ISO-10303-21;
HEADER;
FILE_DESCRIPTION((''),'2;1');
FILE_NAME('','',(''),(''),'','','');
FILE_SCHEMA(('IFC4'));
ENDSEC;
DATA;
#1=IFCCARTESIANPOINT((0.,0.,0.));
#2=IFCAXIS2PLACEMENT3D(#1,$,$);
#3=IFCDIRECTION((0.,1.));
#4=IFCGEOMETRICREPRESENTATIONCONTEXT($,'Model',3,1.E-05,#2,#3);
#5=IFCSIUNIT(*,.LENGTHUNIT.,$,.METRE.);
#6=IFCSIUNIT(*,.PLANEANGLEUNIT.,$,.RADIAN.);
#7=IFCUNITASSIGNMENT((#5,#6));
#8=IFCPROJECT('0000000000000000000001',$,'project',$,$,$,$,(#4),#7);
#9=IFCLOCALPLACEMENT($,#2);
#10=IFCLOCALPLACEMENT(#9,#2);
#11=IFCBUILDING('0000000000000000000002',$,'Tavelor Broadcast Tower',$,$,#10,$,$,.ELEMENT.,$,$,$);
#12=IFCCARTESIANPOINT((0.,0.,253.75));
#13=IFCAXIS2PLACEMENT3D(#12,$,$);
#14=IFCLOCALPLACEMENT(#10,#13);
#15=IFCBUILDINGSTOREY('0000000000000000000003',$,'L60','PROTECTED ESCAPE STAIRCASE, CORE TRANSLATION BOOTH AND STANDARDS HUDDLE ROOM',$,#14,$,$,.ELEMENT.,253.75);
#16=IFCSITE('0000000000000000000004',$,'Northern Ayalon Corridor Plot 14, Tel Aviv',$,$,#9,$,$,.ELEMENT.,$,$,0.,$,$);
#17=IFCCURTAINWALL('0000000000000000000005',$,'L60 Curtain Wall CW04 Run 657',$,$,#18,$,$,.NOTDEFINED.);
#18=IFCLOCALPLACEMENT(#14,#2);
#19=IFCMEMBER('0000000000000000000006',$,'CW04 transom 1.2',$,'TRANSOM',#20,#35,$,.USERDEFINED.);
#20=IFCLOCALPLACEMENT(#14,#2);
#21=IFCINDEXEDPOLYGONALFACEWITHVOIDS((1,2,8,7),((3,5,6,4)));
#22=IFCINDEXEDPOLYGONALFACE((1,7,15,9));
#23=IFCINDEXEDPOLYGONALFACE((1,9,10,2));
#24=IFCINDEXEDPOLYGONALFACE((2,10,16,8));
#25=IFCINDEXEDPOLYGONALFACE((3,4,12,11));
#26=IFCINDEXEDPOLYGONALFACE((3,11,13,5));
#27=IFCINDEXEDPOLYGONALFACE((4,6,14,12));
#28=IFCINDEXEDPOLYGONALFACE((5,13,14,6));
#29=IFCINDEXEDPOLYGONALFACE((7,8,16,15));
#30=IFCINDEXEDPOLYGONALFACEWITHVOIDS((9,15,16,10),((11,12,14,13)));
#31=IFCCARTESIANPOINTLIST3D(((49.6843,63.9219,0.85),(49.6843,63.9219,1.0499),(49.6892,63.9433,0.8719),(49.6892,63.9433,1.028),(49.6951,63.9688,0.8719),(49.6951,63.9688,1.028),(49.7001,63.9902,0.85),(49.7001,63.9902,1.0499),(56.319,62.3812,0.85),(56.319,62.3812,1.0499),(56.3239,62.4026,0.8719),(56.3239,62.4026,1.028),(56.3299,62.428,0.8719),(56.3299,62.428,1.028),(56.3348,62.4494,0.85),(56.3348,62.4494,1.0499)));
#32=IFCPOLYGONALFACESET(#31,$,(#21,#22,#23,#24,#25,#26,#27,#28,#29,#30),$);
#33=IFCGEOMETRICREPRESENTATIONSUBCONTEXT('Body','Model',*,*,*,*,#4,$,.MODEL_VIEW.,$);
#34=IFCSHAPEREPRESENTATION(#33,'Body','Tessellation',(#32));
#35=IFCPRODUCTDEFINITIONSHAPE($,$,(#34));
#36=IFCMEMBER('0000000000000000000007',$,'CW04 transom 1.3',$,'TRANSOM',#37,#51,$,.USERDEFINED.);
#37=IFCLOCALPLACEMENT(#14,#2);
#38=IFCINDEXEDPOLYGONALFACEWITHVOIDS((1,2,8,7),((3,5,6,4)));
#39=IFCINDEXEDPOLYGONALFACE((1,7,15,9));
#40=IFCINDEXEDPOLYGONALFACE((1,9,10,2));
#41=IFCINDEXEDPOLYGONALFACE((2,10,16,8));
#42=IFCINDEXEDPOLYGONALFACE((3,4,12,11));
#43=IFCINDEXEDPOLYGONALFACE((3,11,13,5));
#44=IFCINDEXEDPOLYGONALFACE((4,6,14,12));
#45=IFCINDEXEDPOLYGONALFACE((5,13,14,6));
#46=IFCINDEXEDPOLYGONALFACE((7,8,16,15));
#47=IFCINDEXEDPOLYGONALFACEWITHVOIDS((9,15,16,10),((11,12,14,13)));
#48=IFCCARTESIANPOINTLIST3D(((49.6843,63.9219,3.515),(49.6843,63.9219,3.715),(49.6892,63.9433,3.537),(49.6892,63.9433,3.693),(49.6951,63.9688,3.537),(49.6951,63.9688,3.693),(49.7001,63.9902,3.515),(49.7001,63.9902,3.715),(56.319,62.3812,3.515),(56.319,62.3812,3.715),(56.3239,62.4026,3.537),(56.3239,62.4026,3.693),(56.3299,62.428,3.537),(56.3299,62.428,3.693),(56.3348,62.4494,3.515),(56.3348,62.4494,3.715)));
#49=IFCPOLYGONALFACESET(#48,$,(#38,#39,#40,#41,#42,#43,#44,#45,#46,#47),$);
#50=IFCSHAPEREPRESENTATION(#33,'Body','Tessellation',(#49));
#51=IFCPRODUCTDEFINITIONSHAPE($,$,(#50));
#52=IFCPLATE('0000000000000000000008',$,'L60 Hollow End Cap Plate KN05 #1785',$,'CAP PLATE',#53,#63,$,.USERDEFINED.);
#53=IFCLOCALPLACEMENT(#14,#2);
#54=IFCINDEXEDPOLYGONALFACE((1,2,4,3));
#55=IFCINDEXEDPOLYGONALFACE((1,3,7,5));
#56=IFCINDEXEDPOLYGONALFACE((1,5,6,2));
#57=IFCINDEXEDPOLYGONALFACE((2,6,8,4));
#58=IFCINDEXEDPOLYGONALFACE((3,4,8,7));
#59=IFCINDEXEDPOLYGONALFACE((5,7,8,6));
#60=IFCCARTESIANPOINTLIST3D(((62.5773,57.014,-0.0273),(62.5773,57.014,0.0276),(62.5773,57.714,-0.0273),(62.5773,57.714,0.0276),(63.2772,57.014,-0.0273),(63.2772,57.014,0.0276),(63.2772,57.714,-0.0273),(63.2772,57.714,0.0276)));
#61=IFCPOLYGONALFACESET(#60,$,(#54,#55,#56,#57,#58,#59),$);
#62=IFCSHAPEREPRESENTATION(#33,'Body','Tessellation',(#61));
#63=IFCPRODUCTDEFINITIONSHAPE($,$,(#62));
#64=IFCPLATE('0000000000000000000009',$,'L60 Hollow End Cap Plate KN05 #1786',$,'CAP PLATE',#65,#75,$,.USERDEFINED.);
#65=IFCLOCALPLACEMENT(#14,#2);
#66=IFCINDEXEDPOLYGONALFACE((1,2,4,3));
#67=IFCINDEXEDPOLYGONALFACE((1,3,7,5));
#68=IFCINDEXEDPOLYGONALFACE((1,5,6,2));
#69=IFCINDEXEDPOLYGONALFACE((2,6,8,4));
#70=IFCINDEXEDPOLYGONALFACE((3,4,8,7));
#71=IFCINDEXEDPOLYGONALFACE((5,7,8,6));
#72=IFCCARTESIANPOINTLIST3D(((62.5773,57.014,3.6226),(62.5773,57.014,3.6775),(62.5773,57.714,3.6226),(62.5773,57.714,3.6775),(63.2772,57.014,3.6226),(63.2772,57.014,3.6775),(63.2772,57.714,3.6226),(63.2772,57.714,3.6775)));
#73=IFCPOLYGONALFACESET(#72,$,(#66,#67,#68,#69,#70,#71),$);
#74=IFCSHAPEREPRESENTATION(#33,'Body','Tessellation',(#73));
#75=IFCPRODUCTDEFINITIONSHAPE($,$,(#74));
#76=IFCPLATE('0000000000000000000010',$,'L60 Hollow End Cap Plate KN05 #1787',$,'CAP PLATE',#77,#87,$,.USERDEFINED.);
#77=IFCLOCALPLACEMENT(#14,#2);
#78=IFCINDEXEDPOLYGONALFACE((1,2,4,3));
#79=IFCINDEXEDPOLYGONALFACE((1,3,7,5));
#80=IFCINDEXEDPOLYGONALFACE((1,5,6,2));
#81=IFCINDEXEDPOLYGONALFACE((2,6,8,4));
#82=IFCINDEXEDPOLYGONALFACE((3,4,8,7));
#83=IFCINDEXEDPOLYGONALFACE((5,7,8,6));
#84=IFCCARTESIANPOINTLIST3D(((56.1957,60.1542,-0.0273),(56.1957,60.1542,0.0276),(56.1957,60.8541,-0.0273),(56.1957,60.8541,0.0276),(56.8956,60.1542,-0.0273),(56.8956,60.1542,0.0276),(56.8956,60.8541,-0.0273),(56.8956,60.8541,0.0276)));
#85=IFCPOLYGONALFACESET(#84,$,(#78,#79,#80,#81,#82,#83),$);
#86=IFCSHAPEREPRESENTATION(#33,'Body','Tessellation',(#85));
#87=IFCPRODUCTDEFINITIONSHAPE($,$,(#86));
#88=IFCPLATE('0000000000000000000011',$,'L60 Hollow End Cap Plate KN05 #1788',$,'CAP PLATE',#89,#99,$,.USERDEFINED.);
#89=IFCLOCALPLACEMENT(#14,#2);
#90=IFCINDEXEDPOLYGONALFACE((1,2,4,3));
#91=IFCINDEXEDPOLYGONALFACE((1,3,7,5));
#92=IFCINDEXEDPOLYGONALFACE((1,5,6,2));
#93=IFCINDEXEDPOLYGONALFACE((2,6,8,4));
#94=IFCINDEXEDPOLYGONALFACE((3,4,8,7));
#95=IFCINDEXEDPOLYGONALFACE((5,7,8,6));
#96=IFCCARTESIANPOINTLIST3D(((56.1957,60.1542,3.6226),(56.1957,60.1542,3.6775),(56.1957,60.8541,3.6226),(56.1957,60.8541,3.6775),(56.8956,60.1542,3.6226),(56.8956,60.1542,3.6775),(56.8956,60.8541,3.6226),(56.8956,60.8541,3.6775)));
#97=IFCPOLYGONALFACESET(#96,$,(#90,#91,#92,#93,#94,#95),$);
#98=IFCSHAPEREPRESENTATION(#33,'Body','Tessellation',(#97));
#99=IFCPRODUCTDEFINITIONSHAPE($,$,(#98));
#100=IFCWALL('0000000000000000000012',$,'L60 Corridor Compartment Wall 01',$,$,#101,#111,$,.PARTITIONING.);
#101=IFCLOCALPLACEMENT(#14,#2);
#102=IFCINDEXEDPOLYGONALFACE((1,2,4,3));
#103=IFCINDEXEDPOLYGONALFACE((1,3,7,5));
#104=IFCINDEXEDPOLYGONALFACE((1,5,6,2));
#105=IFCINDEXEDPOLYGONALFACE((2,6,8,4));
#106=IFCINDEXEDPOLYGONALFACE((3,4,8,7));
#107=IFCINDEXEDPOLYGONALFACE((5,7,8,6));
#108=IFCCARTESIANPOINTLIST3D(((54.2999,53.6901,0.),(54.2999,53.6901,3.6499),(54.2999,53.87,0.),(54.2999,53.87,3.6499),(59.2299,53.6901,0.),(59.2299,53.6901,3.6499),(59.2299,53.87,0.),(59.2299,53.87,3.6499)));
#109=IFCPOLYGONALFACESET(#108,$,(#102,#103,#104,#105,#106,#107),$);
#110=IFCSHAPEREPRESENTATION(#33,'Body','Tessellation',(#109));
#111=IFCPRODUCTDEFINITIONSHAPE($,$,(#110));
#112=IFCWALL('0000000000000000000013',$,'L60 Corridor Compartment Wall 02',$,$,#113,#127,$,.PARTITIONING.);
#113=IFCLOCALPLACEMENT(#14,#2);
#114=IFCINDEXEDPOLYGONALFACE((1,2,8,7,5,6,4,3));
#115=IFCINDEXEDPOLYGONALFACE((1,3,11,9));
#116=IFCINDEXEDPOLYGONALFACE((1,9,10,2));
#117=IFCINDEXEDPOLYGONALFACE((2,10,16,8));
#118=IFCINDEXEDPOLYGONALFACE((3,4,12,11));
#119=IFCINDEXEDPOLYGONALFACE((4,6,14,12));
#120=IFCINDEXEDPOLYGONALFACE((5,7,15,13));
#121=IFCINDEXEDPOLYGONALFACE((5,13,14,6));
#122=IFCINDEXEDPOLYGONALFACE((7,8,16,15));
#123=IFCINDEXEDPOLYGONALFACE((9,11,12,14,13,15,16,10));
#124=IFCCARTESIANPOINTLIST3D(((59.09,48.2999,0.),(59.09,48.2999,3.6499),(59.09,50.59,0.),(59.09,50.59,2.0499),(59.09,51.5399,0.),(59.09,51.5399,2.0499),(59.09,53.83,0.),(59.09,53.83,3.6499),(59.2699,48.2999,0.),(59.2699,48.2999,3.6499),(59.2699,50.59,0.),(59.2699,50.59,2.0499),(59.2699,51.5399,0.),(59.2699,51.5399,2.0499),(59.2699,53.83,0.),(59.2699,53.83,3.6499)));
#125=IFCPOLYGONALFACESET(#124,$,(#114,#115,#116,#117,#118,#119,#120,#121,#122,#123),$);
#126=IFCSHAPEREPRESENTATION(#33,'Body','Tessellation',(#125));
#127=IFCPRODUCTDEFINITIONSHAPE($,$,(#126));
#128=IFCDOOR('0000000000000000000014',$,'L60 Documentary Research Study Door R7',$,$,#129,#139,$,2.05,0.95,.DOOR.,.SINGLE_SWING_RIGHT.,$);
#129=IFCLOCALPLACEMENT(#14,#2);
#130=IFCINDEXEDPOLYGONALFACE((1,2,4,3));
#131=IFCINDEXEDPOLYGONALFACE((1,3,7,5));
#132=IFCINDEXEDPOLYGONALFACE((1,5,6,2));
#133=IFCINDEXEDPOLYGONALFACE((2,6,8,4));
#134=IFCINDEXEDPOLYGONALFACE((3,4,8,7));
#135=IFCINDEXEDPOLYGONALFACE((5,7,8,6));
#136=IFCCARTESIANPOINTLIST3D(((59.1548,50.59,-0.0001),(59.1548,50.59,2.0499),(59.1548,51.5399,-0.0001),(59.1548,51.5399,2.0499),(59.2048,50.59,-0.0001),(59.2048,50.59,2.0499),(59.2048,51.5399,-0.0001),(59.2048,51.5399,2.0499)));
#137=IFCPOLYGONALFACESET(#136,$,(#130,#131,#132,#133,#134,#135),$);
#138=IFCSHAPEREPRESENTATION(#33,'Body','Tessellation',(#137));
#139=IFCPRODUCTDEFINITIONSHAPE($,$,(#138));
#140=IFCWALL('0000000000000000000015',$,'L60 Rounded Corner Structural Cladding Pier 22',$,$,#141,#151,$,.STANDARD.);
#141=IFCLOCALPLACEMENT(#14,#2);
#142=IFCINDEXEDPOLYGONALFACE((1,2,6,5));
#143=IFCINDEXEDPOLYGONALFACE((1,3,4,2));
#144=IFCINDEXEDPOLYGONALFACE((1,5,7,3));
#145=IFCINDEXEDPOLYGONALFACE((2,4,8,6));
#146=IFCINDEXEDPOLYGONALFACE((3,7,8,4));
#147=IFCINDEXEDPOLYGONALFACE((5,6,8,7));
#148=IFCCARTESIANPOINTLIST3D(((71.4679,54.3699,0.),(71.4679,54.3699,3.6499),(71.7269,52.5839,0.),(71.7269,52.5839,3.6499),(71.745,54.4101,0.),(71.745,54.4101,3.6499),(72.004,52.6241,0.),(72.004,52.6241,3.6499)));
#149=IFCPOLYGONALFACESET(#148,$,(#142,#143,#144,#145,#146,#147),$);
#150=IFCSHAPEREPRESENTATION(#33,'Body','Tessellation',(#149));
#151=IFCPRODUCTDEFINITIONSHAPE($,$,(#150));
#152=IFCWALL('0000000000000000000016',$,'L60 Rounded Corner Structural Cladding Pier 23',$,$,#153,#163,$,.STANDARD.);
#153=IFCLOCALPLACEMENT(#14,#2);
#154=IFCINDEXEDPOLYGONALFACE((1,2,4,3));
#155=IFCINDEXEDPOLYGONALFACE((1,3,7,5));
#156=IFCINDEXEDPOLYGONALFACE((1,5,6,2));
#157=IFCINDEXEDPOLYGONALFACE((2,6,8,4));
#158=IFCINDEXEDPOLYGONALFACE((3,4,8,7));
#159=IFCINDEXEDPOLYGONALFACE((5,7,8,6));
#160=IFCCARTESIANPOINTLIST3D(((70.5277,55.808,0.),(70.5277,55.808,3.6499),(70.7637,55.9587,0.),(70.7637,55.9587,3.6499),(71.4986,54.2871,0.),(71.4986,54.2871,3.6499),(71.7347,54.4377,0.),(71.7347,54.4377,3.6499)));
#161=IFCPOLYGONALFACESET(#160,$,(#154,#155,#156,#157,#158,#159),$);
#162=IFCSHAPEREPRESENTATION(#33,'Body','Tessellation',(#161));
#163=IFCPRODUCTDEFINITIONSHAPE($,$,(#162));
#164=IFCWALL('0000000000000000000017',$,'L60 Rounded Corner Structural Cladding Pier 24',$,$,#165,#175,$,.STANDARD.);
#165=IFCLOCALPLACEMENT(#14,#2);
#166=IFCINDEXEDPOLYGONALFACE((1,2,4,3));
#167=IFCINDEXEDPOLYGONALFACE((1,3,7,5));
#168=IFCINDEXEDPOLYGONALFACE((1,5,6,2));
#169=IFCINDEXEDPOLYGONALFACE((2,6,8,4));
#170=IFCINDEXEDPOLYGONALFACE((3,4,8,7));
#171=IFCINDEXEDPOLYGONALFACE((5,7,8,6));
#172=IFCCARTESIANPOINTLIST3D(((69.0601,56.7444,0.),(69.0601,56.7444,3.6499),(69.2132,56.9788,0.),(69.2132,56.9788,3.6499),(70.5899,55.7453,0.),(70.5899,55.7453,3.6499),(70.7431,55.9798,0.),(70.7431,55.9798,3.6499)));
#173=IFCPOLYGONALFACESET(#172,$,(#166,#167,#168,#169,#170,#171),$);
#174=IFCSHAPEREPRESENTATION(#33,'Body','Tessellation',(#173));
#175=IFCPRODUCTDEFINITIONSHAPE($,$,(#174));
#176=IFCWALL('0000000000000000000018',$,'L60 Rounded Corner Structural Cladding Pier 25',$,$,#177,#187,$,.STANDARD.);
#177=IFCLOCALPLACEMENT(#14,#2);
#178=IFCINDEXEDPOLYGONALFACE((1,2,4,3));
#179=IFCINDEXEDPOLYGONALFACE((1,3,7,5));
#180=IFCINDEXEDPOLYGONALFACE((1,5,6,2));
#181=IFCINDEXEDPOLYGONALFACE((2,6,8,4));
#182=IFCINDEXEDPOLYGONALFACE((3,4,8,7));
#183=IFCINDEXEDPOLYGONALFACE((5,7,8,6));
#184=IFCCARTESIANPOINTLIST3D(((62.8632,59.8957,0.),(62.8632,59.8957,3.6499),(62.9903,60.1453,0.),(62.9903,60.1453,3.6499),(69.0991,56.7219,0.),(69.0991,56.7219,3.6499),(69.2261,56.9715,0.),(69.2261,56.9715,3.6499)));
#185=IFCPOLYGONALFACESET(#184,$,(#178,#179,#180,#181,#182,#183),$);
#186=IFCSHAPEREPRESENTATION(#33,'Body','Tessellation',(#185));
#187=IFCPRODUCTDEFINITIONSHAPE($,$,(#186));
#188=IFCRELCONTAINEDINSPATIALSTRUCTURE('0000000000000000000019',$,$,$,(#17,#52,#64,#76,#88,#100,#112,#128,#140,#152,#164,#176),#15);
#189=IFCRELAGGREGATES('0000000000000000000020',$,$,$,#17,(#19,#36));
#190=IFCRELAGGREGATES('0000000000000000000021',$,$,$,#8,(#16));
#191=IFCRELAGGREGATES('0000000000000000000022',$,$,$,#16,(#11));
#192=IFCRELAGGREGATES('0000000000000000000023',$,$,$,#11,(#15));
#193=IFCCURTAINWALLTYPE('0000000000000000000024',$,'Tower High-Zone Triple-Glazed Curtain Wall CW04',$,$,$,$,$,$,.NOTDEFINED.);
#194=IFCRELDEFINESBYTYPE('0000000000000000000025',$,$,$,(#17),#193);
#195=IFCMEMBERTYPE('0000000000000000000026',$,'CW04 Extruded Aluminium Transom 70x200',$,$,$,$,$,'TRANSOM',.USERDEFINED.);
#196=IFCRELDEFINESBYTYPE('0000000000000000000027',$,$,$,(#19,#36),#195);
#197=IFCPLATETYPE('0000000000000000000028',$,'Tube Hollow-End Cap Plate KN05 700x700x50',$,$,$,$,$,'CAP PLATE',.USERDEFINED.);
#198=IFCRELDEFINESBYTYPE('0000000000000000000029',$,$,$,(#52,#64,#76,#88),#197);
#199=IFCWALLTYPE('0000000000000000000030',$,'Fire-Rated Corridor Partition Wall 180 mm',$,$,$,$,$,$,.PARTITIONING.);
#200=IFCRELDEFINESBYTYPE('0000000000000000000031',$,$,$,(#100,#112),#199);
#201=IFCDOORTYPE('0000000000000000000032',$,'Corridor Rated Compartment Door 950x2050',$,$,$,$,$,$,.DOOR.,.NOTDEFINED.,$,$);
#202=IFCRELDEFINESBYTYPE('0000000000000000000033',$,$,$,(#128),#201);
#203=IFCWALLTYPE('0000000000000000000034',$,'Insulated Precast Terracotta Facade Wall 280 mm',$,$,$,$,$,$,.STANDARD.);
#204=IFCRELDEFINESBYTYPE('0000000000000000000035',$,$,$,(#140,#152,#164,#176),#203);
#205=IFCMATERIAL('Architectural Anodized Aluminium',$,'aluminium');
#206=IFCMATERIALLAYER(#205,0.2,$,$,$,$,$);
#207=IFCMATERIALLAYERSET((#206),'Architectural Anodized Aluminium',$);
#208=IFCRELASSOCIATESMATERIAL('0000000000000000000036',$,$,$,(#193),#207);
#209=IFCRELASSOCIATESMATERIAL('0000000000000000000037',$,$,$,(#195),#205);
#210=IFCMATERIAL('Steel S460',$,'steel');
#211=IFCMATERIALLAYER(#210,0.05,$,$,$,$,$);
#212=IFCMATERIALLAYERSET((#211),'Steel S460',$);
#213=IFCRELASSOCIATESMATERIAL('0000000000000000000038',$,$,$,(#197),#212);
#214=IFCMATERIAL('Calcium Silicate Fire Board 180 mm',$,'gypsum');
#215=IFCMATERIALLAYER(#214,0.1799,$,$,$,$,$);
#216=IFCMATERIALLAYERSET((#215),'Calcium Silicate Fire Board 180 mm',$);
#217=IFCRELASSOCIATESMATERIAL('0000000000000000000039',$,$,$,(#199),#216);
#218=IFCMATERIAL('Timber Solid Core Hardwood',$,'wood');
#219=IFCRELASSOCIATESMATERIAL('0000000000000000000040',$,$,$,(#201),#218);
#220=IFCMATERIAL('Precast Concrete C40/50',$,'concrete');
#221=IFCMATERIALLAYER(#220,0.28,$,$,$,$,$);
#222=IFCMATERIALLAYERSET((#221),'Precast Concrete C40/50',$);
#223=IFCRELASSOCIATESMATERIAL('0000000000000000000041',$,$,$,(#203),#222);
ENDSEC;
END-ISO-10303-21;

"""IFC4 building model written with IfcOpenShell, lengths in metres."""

from ifc_helpers import new_model, si_unit, direction, frame, frame_2d, origin, origin_2d, place, context, subcontext, project, spatial, rectangle, hollow_rectangle, extrude, source, transform, mapped, material, layer, layer_set, material_profile, profile_set, type_object, type_shapes, element, fill, aggregate, save


model = new_model("IFC4")

# Units and contexts
model_context = context("Model", 3, precision=1e-05, world=origin(), true_north=direction((0.0, 1.0)))
body_context = subcontext(model_context, "Body", "Model", "MODEL_VIEW")
ifc_project = project(units=[si_unit("LENGTHUNIT", "METRE"), si_unit("PLANEANGLEUNIT", "RADIAN")], contexts=[model_context])

# Site, building, storey
site_placement = place(None, origin())
site = spatial("IfcSite", under=ifc_project, at=site_placement, Name="Northern Ayalon Corridor Plot 14, Tel Aviv", CompositionType="ELEMENT", RefElevation=0.0)
building_placement = place(site_placement, origin())
building = spatial("IfcBuilding", under=site, at=building_placement, Name="Tavelor Broadcast Tower", CompositionType="ELEMENT")
storey_placement = place(building_placement, frame((0.0, 0.0, 253.75)))
storey = spatial("IfcBuildingStorey", under=building, at=storey_placement, Name="L60", Description="PROTECTED ESCAPE STAIRCASE, CORE TRANSLATION BOOTH AND STANDARDS HUDDLE ROOM", CompositionType="ELEMENT", Elevation=253.75)

# Shared definitions
ifc_material_1 = material(Name="Steel S460", Category="steel")

# Curtain wall, members
ifc_material_2 = material(Name="Architectural Anodized Aluminium", Category="aluminium")
ifc_layer_1 = layer(ifc_material_2, 0.2)
ifc_layer_set_1 = layer_set([ifc_layer_1], Name="Architectural Anodized Aluminium")
curtain_wall_type = type_object("IfcCurtainWallType", Name="Tower High-Zone Triple-Glazed Curtain Wall CW04", PredefinedType="NOTDEFINED", material=ifc_layer_set_1)
curtain_wall_placement = place(storey_placement, origin())
curtain_wall = element("IfcCurtainWall", 1, at=curtain_wall_placement, inside=storey, type_object=curtain_wall_type, Name="L60 Curtain Wall CW04 Run 657", PredefinedType="NOTDEFINED")
ifc_material_profile_1 = material_profile(ifc_material_2, hollow_rectangle(XDim=0.0701, YDim=0.2, WallThickness=0.022, at=origin_2d()), Name="RHS 70x200x22")
ifc_profile_set_1 = profile_set([ifc_material_profile_1], Name="Architectural Anodized Aluminium")
member_type_1 = type_object("IfcMemberType", Name="CW04 Extruded Aluminium Transom 70x200", ElementType="TRANSOM", PredefinedType="USERDEFINED", material=ifc_profile_set_1)
shared_shape_1 = source(origin(), body_context, "Body", "SweptSolid", [
    extrude(hollow_rectangle(XDim=0.0701, YDim=0.2, WallThickness=0.022, at=origin_2d()), origin(), (0.0, 0.0, 1.0), 6.8113),
])
type_shapes(member_type_1, [shared_shape_1])
member_1_placement = place(storey_placement, frame((56.3269, 62.4153, 0.95), z_axis=(-0.974079, 0.226207, 0.0), x_axis=(-0.226207, -0.974079, 0.0)))
member_1 = element("IfcMember", 2, at=member_1_placement, type_object=member_type_1, Name="CW04 transom 1.2", ObjectType="TRANSOM", PredefinedType="USERDEFINED", context=body_context, shape_type="MappedRepresentation", body=[
    mapped(shared_shape_1, transform((0.0, 0.0, 0.0), scale=1.0)),
])
member_2_placement = place(storey_placement, frame((56.3269, 62.4153, 3.615), z_axis=(-0.974079, 0.226207, 0.0), x_axis=(-0.226207, -0.974079, 0.0)))
member_2 = element("IfcMember", 3, at=member_2_placement, type_object=member_type_1, Name="CW04 transom 1.3", ObjectType="TRANSOM", PredefinedType="USERDEFINED", context=body_context, shape_type="MappedRepresentation", body=[
    mapped(shared_shape_1, transform((0.0, 0.0, 0.0), scale=1.0)),
])
aggregate(curtain_wall, [member_1, member_2])

# Plates
ifc_layer_2 = layer(ifc_material_1, 0.05)
ifc_layer_set_2 = layer_set([ifc_layer_2], Name="Steel S460")
plate_type = type_object("IfcPlateType", Name="Tube Hollow-End Cap Plate KN05 700x700x50", ElementType="CAP PLATE", PredefinedType="USERDEFINED", material=ifc_layer_set_2)
shared_shape_2 = source(origin(), body_context, "Body", "SweptSolid", [
    extrude(rectangle(XDim=0.7, YDim=0.7, at=origin_2d()), origin(), (0.0, 0.0, 1.0), 0.0549),
])
type_shapes(plate_type, [shared_shape_2])
for number, where, z_axis, x_axis, name in (
    (4, (62.9272, 57.364, -0.0273), (0.0, 0.0, 1.0), (1.0, 0.0, 0.0), "L60 Hollow End Cap Plate KN05 #1785"),
    (5, (62.9272, 57.364, 3.6226), (0.0, 0.0, 1.0), (1.0, 0.0, 0.0), "L60 Hollow End Cap Plate KN05 #1786"),
    (6, (56.5457, 60.5042, -0.0273), (0.0, 0.0, 1.0), (1.0, 0.0, 0.0), "L60 Hollow End Cap Plate KN05 #1787"),
    (7, (56.5457, 60.5042, 3.6226), (0.0, 0.0, 1.0), (1.0, 0.0, 0.0), "L60 Hollow End Cap Plate KN05 #1788"),
):
    element("IfcPlate", number, at=place(storey_placement, frame(where, z_axis=z_axis, x_axis=x_axis)), inside=storey, type_object=plate_type, Name=name, ObjectType="CAP PLATE", PredefinedType="USERDEFINED", context=body_context, shape_type="MappedRepresentation", body=[
        mapped(shared_shape_2, transform((0.0, 0.0, 0.0), scale=1.0)),
    ])

# Wall
ifc_material_3 = material(Name="Calcium Silicate Fire Board 180 mm", Category="gypsum")
ifc_layer_3 = layer(ifc_material_3, 0.1799)
ifc_layer_set_3 = layer_set([ifc_layer_3], Name="Calcium Silicate Fire Board 180 mm")
wall_type_1 = type_object("IfcWallType", Name="Fire-Rated Corridor Partition Wall 180 mm", PredefinedType="PARTITIONING", material=ifc_layer_set_3)
wall_1_placement = place(storey_placement, frame((54.3, 53.78, 0.0), z_axis=(0.0, 0.0, 1.0), x_axis=(1.0, 0.0, 0.0)))
element("IfcWall", 8, at=wall_1_placement, inside=storey, type_object=wall_type_1, Name="L60 Corridor Compartment Wall 01", PredefinedType="PARTITIONING", context=body_context, shape_type="SweptSolid", body=[
    extrude(rectangle(XDim=4.9299, YDim=0.1799, at=frame_2d((2.4648, 0.0))), origin(), (0.0, 0.0, 1.0), 3.6499),
])

# Wall, opening, door
wall_2_placement = place(storey_placement, frame((59.1799, 53.8301, 0.0), z_axis=(0.0, 0.0, 1.0), x_axis=(0.0, -1.0, 0.0)))
wall_2 = element("IfcWall", 9, at=wall_2_placement, inside=storey, type_object=wall_type_1, Name="L60 Corridor Compartment Wall 02", PredefinedType="PARTITIONING", context=body_context, shape_type="SweptSolid", body=[
    extrude(rectangle(XDim=5.53, YDim=0.1799, at=frame_2d((2.7651, 0.0))), origin(), (0.0, 0.0, 1.0), 3.6499),
])
opening_placement = place(wall_2_placement, frame((2.29, 0.0, 0.0)))
opening = element("IfcOpeningElement", 10, at=opening_placement, cuts=wall_2, PredefinedType="OPENING", context=body_context, shape_type="SweptSolid", body=[
    extrude(rectangle(XDim=0.95, YDim=2.05, at=frame_2d((0.4751, 1.0249))), frame((0.0, 0.1001, 0.0), z_axis=(0.0, -1.0, 0.0), x_axis=(1.0, 0.0, 0.0)), (0.0, 0.0, 1.0), 0.2),
])
ifc_material_4 = material(Name="Timber Solid Core Hardwood", Category="wood")
door_type = type_object("IfcDoorType", Name="Corridor Rated Compartment Door 950x2050", OperationType="NOTDEFINED", PredefinedType="DOOR", material=ifc_material_4)
door_placement = place(opening_placement, origin())
door = element("IfcDoor", 11, at=door_placement, inside=storey, type_object=door_type, Name="L60 Documentary Research Study Door R7", OperationType="SINGLE_SWING_RIGHT", OverallHeight=2.05, OverallWidth=0.95, PredefinedType="DOOR", context=body_context, shape_type="SweptSolid", body=[
    extrude(rectangle(XDim=0.95, YDim=2.05, at=frame_2d((0.4751, 1.0249))), frame((0.0, 0.0249, 0.0), z_axis=(0.0, -1.0, 0.0), x_axis=(1.0, 0.0, 0.0)), (0.0, 0.0, 1.0), 0.05),
])
fill(opening, door)

# Walls
ifc_material_5 = material(Name="Precast Concrete C40/50", Category="concrete")
ifc_layer_4 = layer(ifc_material_5, 0.28)
ifc_layer_set_4 = layer_set([ifc_layer_4], Name="Precast Concrete C40/50")
wall_type_2 = type_object("IfcWallType", Name="Insulated Precast Terracotta Facade Wall 280 mm", PredefinedType="STANDARD", material=ifc_layer_set_4)
wall_3_placement = place(storey_placement, frame((71.8655, 52.604, 0.0), z_axis=(0.0, 0.0, 1.0), x_axis=(-0.143542, 0.989644, 0.0)))
element("IfcWall", 12, at=wall_3_placement, inside=storey, type_object=wall_type_2, Name="L60 Rounded Corner Structural Cladding Pier 22", PredefinedType="STANDARD", context=body_context, shape_type="SweptSolid", body=[
    extrude(rectangle(XDim=1.8047, YDim=0.28, at=frame_2d((0.9023, 0.0))), origin(), (0.0, 0.0, 1.0), 3.6499),
])
wall_4_placement = place(storey_placement, frame((71.6167, 54.3623, 0.0), z_axis=(0.0, 0.0, 1.0), x_axis=(-0.538074, 0.842897, 0.0)))
element("IfcWall", 13, at=wall_4_placement, inside=storey, type_object=wall_type_2, Name="L60 Rounded Corner Structural Cladding Pier 23", PredefinedType="STANDARD", context=body_context, shape_type="SweptSolid", body=[
    extrude(rectangle(XDim=1.8044, YDim=0.28, at=frame_2d((0.9023, 0.0))), origin(), (0.0, 0.0, 1.0), 3.6499),
])
wall_5_placement = place(storey_placement, frame((70.6665, 55.8625, 0.0), z_axis=(0.0, 0.0, 1.0), x_axis=(-0.837275, 0.546781, 0.0)))
element("IfcWall", 14, at=wall_5_placement, inside=storey, type_object=wall_type_2, Name="L60 Rounded Corner Structural Cladding Pier 24", PredefinedType="STANDARD", context=body_context, shape_type="SweptSolid", body=[
    extrude(rectangle(XDim=1.8271, YDim=0.28, at=frame_2d((0.9136, 0.0))), origin(), (0.0, 0.0, 1.0), 3.6499),
])
wall_6_placement = place(storey_placement, frame((69.1626, 56.8467, 0.0), z_axis=(0.0, 0.0, 1.0), x_axis=(-0.891208, 0.453594, 0.0)))
element("IfcWall", 15, at=wall_6_placement, inside=storey, type_object=wall_type_2, Name="L60 Rounded Corner Structural Cladding Pier 25", PredefinedType="STANDARD", context=body_context, shape_type="SweptSolid", body=[
    extrude(rectangle(XDim=6.9971, YDim=0.28, at=frame_2d((3.4985, 0.0))), origin(), (0.0, 0.0, 1.0), 3.6499),
])

save(model, "model.ifc")
